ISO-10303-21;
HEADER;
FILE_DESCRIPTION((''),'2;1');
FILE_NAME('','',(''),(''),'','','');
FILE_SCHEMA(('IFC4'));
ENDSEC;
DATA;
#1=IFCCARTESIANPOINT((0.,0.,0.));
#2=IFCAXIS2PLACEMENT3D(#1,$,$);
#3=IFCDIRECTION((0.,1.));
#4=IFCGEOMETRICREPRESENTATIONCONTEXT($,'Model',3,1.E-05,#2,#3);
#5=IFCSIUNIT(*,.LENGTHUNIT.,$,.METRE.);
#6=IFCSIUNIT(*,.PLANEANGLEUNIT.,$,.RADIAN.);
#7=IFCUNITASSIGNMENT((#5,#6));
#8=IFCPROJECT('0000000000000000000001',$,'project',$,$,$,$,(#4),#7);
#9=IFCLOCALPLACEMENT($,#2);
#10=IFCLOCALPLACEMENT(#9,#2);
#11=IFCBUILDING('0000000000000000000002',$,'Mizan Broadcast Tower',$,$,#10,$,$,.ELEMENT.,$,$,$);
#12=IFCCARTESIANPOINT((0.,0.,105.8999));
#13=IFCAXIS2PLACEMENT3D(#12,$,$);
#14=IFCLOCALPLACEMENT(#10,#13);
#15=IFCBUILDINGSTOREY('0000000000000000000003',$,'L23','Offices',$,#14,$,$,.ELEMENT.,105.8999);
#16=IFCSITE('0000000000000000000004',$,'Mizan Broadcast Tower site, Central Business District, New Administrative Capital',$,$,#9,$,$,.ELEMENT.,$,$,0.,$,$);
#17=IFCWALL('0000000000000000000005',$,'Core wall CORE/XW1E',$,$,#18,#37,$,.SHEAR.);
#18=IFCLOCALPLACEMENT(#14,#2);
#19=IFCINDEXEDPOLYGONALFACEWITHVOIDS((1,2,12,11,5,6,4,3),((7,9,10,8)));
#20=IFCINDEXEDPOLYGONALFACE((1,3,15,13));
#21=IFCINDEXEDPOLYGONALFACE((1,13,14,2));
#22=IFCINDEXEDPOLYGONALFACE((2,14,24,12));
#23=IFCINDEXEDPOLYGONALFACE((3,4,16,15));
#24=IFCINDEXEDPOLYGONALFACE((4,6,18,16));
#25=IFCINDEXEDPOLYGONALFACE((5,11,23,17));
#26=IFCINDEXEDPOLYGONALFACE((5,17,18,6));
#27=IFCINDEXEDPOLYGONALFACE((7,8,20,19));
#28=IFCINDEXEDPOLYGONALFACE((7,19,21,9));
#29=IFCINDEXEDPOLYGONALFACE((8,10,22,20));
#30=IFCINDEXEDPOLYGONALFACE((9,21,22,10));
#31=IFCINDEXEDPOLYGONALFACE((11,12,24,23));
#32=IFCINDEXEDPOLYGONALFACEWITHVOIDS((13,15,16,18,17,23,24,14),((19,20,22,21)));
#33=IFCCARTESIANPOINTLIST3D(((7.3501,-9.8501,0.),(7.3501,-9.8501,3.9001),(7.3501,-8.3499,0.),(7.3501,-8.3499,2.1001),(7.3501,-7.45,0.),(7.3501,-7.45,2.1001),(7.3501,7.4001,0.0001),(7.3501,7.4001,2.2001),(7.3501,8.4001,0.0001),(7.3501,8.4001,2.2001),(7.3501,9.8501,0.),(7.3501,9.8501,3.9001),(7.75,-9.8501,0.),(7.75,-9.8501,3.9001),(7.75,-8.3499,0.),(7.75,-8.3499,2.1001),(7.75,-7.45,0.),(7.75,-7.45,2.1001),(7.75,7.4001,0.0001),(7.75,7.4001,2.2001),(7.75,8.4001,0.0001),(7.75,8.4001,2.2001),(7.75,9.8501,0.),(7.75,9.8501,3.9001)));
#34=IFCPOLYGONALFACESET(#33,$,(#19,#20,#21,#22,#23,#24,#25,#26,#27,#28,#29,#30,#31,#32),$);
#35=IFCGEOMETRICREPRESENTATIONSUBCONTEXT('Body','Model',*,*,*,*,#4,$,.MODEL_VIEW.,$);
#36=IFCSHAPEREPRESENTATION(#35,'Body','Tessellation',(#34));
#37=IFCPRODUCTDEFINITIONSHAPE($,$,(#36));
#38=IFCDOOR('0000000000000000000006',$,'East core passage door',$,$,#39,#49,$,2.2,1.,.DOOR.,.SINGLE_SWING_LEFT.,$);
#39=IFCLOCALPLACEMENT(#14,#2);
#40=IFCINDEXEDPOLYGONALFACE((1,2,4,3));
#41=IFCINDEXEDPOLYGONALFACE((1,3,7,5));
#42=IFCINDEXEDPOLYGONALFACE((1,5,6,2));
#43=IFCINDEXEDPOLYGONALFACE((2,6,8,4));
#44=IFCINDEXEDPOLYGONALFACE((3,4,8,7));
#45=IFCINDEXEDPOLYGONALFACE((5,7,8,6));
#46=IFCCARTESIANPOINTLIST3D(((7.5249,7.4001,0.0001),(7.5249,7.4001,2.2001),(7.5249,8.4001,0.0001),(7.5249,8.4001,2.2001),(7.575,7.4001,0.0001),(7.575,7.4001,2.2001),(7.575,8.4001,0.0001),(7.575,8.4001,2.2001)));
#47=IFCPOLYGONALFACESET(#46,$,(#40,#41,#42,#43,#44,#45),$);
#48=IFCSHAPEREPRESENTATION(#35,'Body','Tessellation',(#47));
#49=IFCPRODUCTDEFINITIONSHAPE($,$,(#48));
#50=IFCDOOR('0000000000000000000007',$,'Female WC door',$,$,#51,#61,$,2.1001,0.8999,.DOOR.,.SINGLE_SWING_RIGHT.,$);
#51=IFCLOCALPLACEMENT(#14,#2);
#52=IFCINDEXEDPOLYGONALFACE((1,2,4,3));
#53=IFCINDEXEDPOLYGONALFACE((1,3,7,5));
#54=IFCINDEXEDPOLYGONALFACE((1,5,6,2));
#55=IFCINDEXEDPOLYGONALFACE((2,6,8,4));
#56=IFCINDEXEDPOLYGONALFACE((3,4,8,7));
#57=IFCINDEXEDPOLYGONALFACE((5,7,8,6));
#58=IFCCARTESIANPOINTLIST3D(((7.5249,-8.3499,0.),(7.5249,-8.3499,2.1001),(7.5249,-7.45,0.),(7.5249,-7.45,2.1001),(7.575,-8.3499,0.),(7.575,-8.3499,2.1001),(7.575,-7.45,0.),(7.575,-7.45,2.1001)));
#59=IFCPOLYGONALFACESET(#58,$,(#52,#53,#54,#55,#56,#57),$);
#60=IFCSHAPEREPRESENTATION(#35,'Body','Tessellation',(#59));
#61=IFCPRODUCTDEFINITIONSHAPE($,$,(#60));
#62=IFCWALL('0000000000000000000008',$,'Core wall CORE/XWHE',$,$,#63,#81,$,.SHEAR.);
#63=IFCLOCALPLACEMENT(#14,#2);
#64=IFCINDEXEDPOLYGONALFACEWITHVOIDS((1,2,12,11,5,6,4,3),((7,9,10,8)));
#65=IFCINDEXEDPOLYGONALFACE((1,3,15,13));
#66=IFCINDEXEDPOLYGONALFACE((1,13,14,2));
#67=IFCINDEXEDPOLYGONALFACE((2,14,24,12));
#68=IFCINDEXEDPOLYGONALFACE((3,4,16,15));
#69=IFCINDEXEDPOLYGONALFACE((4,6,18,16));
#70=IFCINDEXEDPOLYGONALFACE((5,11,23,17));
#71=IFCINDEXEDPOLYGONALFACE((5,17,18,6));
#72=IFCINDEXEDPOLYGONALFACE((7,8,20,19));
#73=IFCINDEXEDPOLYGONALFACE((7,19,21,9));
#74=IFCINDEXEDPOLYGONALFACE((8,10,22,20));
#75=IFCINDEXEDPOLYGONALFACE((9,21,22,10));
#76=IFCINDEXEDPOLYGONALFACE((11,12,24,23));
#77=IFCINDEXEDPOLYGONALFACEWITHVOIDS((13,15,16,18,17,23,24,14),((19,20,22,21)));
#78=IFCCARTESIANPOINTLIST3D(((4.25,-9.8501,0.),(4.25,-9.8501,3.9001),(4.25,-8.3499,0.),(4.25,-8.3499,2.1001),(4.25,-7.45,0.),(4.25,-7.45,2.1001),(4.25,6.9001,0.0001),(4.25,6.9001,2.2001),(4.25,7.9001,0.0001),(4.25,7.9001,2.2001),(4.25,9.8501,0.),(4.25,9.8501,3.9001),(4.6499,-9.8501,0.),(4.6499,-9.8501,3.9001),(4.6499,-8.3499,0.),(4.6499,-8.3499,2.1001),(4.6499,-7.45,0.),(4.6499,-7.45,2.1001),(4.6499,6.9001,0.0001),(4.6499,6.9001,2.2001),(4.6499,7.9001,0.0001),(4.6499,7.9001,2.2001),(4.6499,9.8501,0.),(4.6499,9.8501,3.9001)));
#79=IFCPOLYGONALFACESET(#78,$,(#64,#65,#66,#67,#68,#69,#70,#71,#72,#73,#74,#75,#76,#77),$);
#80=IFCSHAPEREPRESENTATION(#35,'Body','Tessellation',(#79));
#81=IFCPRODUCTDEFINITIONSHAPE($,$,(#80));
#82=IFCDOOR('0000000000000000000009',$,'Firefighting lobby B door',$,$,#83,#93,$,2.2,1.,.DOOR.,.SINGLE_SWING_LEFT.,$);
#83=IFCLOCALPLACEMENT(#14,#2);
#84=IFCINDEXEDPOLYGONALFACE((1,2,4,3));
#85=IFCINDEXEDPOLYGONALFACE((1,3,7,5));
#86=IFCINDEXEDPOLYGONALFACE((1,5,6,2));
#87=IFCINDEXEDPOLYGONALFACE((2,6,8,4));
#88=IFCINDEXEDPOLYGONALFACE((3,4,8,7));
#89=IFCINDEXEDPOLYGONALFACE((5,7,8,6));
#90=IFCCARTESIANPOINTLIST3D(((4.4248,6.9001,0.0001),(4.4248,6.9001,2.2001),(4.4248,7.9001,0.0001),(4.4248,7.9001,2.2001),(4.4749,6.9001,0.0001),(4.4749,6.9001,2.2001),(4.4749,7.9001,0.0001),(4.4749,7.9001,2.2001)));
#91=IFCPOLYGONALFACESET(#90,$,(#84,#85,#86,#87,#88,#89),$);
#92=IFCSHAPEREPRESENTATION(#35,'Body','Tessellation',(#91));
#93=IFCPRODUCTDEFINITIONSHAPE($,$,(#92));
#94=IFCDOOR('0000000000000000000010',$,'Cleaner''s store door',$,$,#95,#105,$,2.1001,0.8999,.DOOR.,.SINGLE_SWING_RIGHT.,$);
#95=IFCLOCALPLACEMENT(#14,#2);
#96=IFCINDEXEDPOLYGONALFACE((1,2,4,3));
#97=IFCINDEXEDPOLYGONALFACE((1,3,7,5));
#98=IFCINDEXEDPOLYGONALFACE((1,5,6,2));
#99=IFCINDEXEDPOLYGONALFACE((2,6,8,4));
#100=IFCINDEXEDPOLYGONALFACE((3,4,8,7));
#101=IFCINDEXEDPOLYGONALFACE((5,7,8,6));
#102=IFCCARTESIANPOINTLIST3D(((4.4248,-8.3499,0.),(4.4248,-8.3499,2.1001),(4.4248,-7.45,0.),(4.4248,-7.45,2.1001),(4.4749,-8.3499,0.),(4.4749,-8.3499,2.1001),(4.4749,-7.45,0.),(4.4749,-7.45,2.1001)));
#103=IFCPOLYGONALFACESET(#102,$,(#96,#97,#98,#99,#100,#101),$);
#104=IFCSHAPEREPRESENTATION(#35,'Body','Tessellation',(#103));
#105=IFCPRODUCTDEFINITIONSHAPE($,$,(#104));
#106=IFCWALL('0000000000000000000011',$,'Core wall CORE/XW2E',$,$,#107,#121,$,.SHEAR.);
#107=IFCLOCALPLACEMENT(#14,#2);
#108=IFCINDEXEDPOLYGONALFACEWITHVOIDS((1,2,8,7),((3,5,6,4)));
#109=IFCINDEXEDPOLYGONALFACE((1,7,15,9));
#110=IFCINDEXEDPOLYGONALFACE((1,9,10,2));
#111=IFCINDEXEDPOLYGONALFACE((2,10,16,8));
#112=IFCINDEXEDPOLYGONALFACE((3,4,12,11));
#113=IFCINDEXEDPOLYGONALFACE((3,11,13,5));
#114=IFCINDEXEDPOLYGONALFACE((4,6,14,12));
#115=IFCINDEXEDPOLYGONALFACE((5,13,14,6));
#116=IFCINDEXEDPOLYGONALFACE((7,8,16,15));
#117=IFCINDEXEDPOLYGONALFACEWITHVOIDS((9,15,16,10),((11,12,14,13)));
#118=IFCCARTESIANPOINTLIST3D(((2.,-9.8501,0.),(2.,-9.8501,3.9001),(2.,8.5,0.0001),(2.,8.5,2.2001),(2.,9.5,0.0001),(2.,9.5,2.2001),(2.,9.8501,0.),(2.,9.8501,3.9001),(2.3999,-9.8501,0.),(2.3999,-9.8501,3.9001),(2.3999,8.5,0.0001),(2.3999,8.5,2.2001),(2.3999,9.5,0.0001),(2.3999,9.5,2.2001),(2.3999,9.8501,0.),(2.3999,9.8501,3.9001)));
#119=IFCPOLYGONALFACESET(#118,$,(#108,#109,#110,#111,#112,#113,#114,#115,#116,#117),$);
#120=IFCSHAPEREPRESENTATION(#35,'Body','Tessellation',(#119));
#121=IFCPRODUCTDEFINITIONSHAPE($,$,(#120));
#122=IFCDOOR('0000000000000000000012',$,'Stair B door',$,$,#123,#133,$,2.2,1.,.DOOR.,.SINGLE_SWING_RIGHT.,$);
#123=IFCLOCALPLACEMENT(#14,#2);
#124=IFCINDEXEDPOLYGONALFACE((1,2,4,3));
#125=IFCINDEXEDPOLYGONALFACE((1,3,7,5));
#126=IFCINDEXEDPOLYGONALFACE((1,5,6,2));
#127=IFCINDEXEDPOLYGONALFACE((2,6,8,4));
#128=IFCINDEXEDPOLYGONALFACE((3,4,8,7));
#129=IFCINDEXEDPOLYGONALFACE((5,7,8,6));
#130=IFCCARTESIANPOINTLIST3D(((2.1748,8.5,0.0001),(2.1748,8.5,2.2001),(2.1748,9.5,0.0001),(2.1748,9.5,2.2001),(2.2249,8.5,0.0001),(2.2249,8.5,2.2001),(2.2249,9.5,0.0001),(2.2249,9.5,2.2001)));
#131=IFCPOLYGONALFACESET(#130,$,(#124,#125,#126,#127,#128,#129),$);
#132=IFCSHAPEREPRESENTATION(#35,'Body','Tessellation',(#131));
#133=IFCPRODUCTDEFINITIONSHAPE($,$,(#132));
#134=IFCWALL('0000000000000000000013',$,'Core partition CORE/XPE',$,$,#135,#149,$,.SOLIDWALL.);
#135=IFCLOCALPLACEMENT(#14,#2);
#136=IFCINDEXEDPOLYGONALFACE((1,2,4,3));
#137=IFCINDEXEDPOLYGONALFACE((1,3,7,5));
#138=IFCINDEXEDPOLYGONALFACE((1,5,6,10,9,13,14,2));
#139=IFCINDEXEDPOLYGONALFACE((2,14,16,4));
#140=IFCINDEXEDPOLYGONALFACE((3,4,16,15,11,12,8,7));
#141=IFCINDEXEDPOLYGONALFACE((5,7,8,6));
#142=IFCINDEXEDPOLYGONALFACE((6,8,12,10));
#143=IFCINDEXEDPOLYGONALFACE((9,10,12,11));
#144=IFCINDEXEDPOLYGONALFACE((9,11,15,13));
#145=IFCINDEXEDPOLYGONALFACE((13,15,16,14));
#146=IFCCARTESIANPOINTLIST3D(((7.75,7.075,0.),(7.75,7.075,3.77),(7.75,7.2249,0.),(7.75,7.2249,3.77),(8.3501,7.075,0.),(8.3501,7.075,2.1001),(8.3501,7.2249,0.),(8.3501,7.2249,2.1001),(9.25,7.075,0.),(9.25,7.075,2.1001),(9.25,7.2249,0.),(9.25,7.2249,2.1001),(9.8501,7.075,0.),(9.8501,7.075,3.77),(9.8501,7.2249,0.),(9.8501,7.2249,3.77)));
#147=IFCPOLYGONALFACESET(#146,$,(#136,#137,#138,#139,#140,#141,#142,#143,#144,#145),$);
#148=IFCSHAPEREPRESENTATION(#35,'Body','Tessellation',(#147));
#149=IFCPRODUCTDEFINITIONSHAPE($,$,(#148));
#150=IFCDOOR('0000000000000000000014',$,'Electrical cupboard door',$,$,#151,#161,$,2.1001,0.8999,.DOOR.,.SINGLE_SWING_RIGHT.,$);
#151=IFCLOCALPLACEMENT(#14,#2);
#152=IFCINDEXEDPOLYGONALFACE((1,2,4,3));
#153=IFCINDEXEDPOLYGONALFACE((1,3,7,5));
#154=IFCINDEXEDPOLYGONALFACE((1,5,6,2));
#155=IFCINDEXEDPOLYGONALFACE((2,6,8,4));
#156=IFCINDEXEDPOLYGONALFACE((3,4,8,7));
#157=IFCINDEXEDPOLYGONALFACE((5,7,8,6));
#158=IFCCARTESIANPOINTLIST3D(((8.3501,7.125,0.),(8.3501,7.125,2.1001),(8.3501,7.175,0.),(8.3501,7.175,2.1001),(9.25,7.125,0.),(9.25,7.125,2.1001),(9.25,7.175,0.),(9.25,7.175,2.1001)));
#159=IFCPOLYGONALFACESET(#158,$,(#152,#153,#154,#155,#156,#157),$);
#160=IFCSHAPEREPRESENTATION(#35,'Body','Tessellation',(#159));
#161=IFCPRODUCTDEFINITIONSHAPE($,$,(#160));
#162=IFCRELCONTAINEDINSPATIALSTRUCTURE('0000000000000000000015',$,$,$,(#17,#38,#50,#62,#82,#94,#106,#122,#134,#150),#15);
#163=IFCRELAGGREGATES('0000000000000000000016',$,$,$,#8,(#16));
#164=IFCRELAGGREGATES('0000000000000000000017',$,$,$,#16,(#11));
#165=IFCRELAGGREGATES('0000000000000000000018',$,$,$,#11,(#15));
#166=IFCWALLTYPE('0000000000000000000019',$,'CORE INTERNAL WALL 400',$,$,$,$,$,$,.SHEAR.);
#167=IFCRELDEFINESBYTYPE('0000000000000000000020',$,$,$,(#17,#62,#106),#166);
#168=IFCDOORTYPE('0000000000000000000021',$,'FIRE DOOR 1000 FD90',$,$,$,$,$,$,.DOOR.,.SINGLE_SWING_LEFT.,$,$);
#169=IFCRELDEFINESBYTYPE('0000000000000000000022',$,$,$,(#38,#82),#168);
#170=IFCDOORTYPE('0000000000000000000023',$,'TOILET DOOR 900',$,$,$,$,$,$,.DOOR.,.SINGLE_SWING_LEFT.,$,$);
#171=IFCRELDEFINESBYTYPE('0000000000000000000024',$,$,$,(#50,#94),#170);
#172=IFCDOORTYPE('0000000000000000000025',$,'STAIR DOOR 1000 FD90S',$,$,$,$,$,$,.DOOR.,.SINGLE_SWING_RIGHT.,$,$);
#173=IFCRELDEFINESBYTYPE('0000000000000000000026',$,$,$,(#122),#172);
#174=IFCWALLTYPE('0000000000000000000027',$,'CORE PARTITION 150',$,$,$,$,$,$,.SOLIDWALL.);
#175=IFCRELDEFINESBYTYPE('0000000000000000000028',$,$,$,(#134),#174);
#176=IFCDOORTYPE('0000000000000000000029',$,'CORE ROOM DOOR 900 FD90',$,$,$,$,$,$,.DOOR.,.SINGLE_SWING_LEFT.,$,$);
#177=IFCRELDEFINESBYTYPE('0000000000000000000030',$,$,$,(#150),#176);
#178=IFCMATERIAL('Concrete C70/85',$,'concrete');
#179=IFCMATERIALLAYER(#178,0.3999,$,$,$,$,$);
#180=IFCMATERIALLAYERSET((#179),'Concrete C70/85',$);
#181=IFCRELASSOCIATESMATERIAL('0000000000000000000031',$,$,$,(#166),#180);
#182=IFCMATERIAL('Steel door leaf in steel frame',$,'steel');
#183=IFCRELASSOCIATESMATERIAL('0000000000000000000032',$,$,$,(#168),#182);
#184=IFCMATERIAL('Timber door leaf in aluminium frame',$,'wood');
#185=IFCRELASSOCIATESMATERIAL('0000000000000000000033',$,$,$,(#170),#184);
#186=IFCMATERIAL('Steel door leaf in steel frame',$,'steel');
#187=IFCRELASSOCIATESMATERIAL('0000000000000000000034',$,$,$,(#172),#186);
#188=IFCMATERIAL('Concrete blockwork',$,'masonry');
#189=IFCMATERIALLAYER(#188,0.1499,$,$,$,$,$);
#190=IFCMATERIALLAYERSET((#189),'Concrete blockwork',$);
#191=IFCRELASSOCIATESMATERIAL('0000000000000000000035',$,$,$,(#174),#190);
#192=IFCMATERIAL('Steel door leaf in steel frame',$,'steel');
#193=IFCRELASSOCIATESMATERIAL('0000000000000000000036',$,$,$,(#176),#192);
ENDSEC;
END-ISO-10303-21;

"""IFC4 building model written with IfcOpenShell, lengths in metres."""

from ifc_helpers import new_model, si_unit, direction, frame, frame_2d, origin, place, context, subcontext, project, spatial, rectangle, extrude, material, layer, layer_set, type_object, element, fill, save


model = new_model("IFC4")

# Units and contexts
model_context = context("Model", 3, precision=1e-05, world=origin(), true_north=direction((0.0, 1.0)))
body_context = subcontext(model_context, "Body", "Model", "MODEL_VIEW")
ifc_project = project(units=[si_unit("LENGTHUNIT", "METRE"), si_unit("PLANEANGLEUNIT", "RADIAN")], contexts=[model_context])

# Site, building, storey
site_placement = place(None, origin())
site = spatial("IfcSite", under=ifc_project, at=site_placement, Name="Mizan Broadcast Tower site, Central Business District, New Administrative Capital", CompositionType="ELEMENT", RefElevation=0.0)
building_placement = place(site_placement, origin())
building = spatial("IfcBuilding", under=site, at=building_placement, Name="Mizan Broadcast Tower", CompositionType="ELEMENT")
storey_placement = place(building_placement, frame((0.0, 0.0, 105.8999)))
storey = spatial("IfcBuildingStorey", under=building, at=storey_placement, Name="L23", Description="Offices", CompositionType="ELEMENT", Elevation=105.8999)

# Walls, openings, doors
ifc_material_1 = material(Name="Concrete C70/85", Category="concrete")
ifc_layer_1 = layer(ifc_material_1, 0.3999)
ifc_layer_set_1 = layer_set([ifc_layer_1], Name="Concrete C70/85")
wall_type_1 = type_object("IfcWallType", Name="CORE INTERNAL WALL 400", PredefinedType="SHEAR", material=ifc_layer_set_1)
wall_1_placement = place(storey_placement, frame((7.55, 9.8501, 0.0), z_axis=(0.0, 0.0, 1.0), x_axis=(0.0, -1.0, 0.0)))
wall_1 = element("IfcWall", 1, at=wall_1_placement, inside=storey, type_object=wall_type_1, Name="Core wall CORE/XW1E", PredefinedType="SHEAR", context=body_context, shape_type="SweptSolid", body=[
    extrude(rectangle(XDim=19.7002, YDim=0.3999, at=frame_2d((9.8501, 0.0))), origin(), (0.0, 0.0, 1.0), 3.9001),
])
opening_1_placement = place(wall_1_placement, frame((1.45, 0.0, 0.0)))
opening_1 = element("IfcOpeningElement", 2, at=opening_1_placement, cuts=wall_1, PredefinedType="OPENING", context=body_context, shape_type="SweptSolid", body=[
    extrude(rectangle(XDim=1.0, YDim=2.2, at=frame_2d((0.5, 1.1001))), frame((0.0, 0.21, 0.0), z_axis=(0.0, -1.0, 0.0), x_axis=(1.0, 0.0, 0.0)), (0.0, 0.0, 1.0), 0.4199),
])
opening_2_placement = place(wall_1_placement, frame((17.3, 0.0, 0.0)))
opening_2 = element("IfcOpeningElement", 3, at=opening_2_placement, cuts=wall_1, PredefinedType="OPENING", context=body_context, shape_type="SweptSolid", body=[
    extrude(rectangle(XDim=0.8999, YDim=2.1001, at=frame_2d((0.45, 1.05))), frame((0.0, 0.21, 0.0), z_axis=(0.0, -1.0, 0.0), x_axis=(1.0, 0.0, 0.0)), (0.0, 0.0, 1.0), 0.4199),
])
ifc_material_2 = material(Name="Steel door leaf in steel frame", Category="steel")
door_type_1 = type_object("IfcDoorType", Name="FIRE DOOR 1000 FD90", OperationType="SINGLE_SWING_LEFT", PredefinedType="DOOR", material=ifc_material_2)
door_1_placement = place(opening_1_placement, origin())
door_1 = element("IfcDoor", 4, at=door_1_placement, inside=storey, type_object=door_type_1, Name="East core passage door", OperationType="SINGLE_SWING_LEFT", OverallHeight=2.2, OverallWidth=1.0, PredefinedType="DOOR", context=body_context, shape_type="SweptSolid", body=[
    extrude(rectangle(XDim=1.0, YDim=2.2, at=frame_2d((0.5, 1.1001))), frame((0.0, 0.0249, 0.0), z_axis=(0.0, -1.0, 0.0), x_axis=(1.0, 0.0, 0.0)), (0.0, 0.0, 1.0), 0.05),
])
fill(opening_1, door_1)
ifc_material_3 = material(Name="Timber door leaf in aluminium frame", Category="wood")
door_type_2 = type_object("IfcDoorType", Name="TOILET DOOR 900", OperationType="SINGLE_SWING_LEFT", PredefinedType="DOOR", material=ifc_material_3)
door_2_placement = place(opening_2_placement, origin())
door_2 = element("IfcDoor", 5, at=door_2_placement, inside=storey, type_object=door_type_2, Name="Female WC door", OperationType="SINGLE_SWING_RIGHT", OverallHeight=2.1001, OverallWidth=0.8999, PredefinedType="DOOR", context=body_context, shape_type="SweptSolid", body=[
    extrude(rectangle(XDim=0.8999, YDim=2.1001, at=frame_2d((0.45, 1.05))), frame((0.0, 0.0249, 0.0), z_axis=(0.0, -1.0, 0.0), x_axis=(1.0, 0.0, 0.0)), (0.0, 0.0, 1.0), 0.05),
])
fill(opening_2, door_2)
wall_2_placement = place(storey_placement, frame((4.45, 9.8501, 0.0), z_axis=(0.0, 0.0, 1.0), x_axis=(0.0, -1.0, 0.0)))
wall_2 = element("IfcWall", 6, at=wall_2_placement, inside=storey, type_object=wall_type_1, Name="Core wall CORE/XWHE", PredefinedType="SHEAR", context=body_context, shape_type="SweptSolid", body=[
    extrude(rectangle(XDim=19.7002, YDim=0.3999, at=frame_2d((9.8501, 0.0))), origin(), (0.0, 0.0, 1.0), 3.9001),
])
opening_3_placement = place(wall_2_placement, frame((1.95, 0.0, 0.0)))
opening_3 = element("IfcOpeningElement", 7, at=opening_3_placement, cuts=wall_2, PredefinedType="OPENING", context=body_context, shape_type="SweptSolid", body=[
    extrude(rectangle(XDim=1.0, YDim=2.2, at=frame_2d((0.5, 1.1001))), frame((0.0, 0.21, 0.0), z_axis=(0.0, -1.0, 0.0), x_axis=(1.0, 0.0, 0.0)), (0.0, 0.0, 1.0), 0.4199),
])
opening_4_placement = place(wall_2_placement, frame((17.3, 0.0, 0.0)))
opening_4 = element("IfcOpeningElement", 8, at=opening_4_placement, cuts=wall_2, PredefinedType="OPENING", context=body_context, shape_type="SweptSolid", body=[
    extrude(rectangle(XDim=0.8999, YDim=2.1001, at=frame_2d((0.45, 1.05))), frame((0.0, 0.21, 0.0), z_axis=(0.0, -1.0, 0.0), x_axis=(1.0, 0.0, 0.0)), (0.0, 0.0, 1.0), 0.4199),
])
door_3_placement = place(opening_3_placement, origin())
door_3 = element("IfcDoor", 9, at=door_3_placement, inside=storey, type_object=door_type_1, Name="Firefighting lobby B door", OperationType="SINGLE_SWING_LEFT", OverallHeight=2.2, OverallWidth=1.0, PredefinedType="DOOR", context=body_context, shape_type="SweptSolid", body=[
    extrude(rectangle(XDim=1.0, YDim=2.2, at=frame_2d((0.5, 1.1001))), frame((0.0, 0.0249, 0.0), z_axis=(0.0, -1.0, 0.0), x_axis=(1.0, 0.0, 0.0)), (0.0, 0.0, 1.0), 0.05),
])
fill(opening_3, door_3)
door_4_placement = place(opening_4_placement, origin())
door_4 = element("IfcDoor", 10, at=door_4_placement, inside=storey, type_object=door_type_2, Name="Cleaner's store door", OperationType="SINGLE_SWING_RIGHT", OverallHeight=2.1001, OverallWidth=0.8999, PredefinedType="DOOR", context=body_context, shape_type="SweptSolid", body=[
    extrude(rectangle(XDim=0.8999, YDim=2.1001, at=frame_2d((0.45, 1.05))), frame((0.0, 0.0249, 0.0), z_axis=(0.0, -1.0, 0.0), x_axis=(1.0, 0.0, 0.0)), (0.0, 0.0, 1.0), 0.05),
])
fill(opening_4, door_4)

# Walls, openings, doors
wall_3_placement = place(storey_placement, frame((2.2, 9.8501, 0.0), z_axis=(0.0, 0.0, 1.0), x_axis=(0.0, -1.0, 0.0)))
wall_3 = element("IfcWall", 11, at=wall_3_placement, inside=storey, type_object=wall_type_1, Name="Core wall CORE/XW2E", PredefinedType="SHEAR", context=body_context, shape_type="SweptSolid", body=[
    extrude(rectangle(XDim=19.7002, YDim=0.3999, at=frame_2d((9.8501, 0.0))), origin(), (0.0, 0.0, 1.0), 3.9001),
])
opening_5_placement = place(wall_3_placement, frame((0.3501, 0.0, 0.0)))
opening_5 = element("IfcOpeningElement", 12, at=opening_5_placement, cuts=wall_3, PredefinedType="OPENING", context=body_context, shape_type="SweptSolid", body=[
    extrude(rectangle(XDim=1.0, YDim=2.2, at=frame_2d((0.5, 1.1001))), frame((0.0, 0.21, 0.0), z_axis=(0.0, -1.0, 0.0), x_axis=(1.0, 0.0, 0.0)), (0.0, 0.0, 1.0), 0.4199),
])
ifc_material_4 = material(Name="Steel door leaf in steel frame", Category="steel")
door_type_3 = type_object("IfcDoorType", Name="STAIR DOOR 1000 FD90S", OperationType="SINGLE_SWING_RIGHT", PredefinedType="DOOR", material=ifc_material_4)
door_5_placement = place(opening_5_placement, origin())
door_5 = element("IfcDoor", 13, at=door_5_placement, inside=storey, type_object=door_type_3, Name="Stair B door", OperationType="SINGLE_SWING_RIGHT", OverallHeight=2.2, OverallWidth=1.0, PredefinedType="DOOR", context=body_context, shape_type="SweptSolid", body=[
    extrude(rectangle(XDim=1.0, YDim=2.2, at=frame_2d((0.5, 1.1001))), frame((0.0, 0.0249, 0.0), z_axis=(0.0, -1.0, 0.0), x_axis=(1.0, 0.0, 0.0)), (0.0, 0.0, 1.0), 0.05),
])
fill(opening_5, door_5)
ifc_material_5 = material(Name="Concrete blockwork", Category="masonry")
ifc_layer_2 = layer(ifc_material_5, 0.1499)
ifc_layer_set_2 = layer_set([ifc_layer_2], Name="Concrete blockwork")
wall_type_2 = type_object("IfcWallType", Name="CORE PARTITION 150", PredefinedType="SOLIDWALL", material=ifc_layer_set_2)
wall_4_placement = place(storey_placement, frame((9.8501, 7.1499, 0.0), z_axis=(0.0, 0.0, 1.0), x_axis=(-1.0, 0.0, 0.0)))
wall_4 = element("IfcWall", 14, at=wall_4_placement, inside=storey, type_object=wall_type_2, Name="Core partition CORE/XPE", PredefinedType="SOLIDWALL", context=body_context, shape_type="SweptSolid", body=[
    extrude(rectangle(XDim=2.1001, YDim=0.1499, at=frame_2d((1.05, 0.0))), origin(), (0.0, 0.0, 1.0), 3.77),
])
opening_6_placement = place(wall_4_placement, frame((0.6001, 0.0, 0.0)))
opening_6 = element("IfcOpeningElement", 15, at=opening_6_placement, cuts=wall_4, PredefinedType="OPENING", context=body_context, shape_type="SweptSolid", body=[
    extrude(rectangle(XDim=0.8999, YDim=2.1001, at=frame_2d((0.45, 1.05))), frame((0.0, 0.085, 0.0), z_axis=(0.0, -1.0, 0.0), x_axis=(1.0, 0.0, 0.0)), (0.0, 0.0, 1.0), 0.1699),
])
ifc_material_6 = material(Name="Steel door leaf in steel frame", Category="steel")
door_type_4 = type_object("IfcDoorType", Name="CORE ROOM DOOR 900 FD90", OperationType="SINGLE_SWING_LEFT", PredefinedType="DOOR", material=ifc_material_6)
door_6_placement = place(opening_6_placement, origin())
door_6 = element("IfcDoor", 16, at=door_6_placement, inside=storey, type_object=door_type_4, Name="Electrical cupboard door", OperationType="SINGLE_SWING_RIGHT", OverallHeight=2.1001, OverallWidth=0.8999, PredefinedType="DOOR", context=body_context, shape_type="SweptSolid", body=[
    extrude(rectangle(XDim=0.8999, YDim=2.1001, at=frame_2d((0.45, 1.05))), frame((0.0, 0.0249, 0.0), z_axis=(0.0, -1.0, 0.0), x_axis=(1.0, 0.0, 0.0)), (0.0, 0.0, 1.0), 0.05),
])
fill(opening_6, door_6)

save(model, "model.ifc")
